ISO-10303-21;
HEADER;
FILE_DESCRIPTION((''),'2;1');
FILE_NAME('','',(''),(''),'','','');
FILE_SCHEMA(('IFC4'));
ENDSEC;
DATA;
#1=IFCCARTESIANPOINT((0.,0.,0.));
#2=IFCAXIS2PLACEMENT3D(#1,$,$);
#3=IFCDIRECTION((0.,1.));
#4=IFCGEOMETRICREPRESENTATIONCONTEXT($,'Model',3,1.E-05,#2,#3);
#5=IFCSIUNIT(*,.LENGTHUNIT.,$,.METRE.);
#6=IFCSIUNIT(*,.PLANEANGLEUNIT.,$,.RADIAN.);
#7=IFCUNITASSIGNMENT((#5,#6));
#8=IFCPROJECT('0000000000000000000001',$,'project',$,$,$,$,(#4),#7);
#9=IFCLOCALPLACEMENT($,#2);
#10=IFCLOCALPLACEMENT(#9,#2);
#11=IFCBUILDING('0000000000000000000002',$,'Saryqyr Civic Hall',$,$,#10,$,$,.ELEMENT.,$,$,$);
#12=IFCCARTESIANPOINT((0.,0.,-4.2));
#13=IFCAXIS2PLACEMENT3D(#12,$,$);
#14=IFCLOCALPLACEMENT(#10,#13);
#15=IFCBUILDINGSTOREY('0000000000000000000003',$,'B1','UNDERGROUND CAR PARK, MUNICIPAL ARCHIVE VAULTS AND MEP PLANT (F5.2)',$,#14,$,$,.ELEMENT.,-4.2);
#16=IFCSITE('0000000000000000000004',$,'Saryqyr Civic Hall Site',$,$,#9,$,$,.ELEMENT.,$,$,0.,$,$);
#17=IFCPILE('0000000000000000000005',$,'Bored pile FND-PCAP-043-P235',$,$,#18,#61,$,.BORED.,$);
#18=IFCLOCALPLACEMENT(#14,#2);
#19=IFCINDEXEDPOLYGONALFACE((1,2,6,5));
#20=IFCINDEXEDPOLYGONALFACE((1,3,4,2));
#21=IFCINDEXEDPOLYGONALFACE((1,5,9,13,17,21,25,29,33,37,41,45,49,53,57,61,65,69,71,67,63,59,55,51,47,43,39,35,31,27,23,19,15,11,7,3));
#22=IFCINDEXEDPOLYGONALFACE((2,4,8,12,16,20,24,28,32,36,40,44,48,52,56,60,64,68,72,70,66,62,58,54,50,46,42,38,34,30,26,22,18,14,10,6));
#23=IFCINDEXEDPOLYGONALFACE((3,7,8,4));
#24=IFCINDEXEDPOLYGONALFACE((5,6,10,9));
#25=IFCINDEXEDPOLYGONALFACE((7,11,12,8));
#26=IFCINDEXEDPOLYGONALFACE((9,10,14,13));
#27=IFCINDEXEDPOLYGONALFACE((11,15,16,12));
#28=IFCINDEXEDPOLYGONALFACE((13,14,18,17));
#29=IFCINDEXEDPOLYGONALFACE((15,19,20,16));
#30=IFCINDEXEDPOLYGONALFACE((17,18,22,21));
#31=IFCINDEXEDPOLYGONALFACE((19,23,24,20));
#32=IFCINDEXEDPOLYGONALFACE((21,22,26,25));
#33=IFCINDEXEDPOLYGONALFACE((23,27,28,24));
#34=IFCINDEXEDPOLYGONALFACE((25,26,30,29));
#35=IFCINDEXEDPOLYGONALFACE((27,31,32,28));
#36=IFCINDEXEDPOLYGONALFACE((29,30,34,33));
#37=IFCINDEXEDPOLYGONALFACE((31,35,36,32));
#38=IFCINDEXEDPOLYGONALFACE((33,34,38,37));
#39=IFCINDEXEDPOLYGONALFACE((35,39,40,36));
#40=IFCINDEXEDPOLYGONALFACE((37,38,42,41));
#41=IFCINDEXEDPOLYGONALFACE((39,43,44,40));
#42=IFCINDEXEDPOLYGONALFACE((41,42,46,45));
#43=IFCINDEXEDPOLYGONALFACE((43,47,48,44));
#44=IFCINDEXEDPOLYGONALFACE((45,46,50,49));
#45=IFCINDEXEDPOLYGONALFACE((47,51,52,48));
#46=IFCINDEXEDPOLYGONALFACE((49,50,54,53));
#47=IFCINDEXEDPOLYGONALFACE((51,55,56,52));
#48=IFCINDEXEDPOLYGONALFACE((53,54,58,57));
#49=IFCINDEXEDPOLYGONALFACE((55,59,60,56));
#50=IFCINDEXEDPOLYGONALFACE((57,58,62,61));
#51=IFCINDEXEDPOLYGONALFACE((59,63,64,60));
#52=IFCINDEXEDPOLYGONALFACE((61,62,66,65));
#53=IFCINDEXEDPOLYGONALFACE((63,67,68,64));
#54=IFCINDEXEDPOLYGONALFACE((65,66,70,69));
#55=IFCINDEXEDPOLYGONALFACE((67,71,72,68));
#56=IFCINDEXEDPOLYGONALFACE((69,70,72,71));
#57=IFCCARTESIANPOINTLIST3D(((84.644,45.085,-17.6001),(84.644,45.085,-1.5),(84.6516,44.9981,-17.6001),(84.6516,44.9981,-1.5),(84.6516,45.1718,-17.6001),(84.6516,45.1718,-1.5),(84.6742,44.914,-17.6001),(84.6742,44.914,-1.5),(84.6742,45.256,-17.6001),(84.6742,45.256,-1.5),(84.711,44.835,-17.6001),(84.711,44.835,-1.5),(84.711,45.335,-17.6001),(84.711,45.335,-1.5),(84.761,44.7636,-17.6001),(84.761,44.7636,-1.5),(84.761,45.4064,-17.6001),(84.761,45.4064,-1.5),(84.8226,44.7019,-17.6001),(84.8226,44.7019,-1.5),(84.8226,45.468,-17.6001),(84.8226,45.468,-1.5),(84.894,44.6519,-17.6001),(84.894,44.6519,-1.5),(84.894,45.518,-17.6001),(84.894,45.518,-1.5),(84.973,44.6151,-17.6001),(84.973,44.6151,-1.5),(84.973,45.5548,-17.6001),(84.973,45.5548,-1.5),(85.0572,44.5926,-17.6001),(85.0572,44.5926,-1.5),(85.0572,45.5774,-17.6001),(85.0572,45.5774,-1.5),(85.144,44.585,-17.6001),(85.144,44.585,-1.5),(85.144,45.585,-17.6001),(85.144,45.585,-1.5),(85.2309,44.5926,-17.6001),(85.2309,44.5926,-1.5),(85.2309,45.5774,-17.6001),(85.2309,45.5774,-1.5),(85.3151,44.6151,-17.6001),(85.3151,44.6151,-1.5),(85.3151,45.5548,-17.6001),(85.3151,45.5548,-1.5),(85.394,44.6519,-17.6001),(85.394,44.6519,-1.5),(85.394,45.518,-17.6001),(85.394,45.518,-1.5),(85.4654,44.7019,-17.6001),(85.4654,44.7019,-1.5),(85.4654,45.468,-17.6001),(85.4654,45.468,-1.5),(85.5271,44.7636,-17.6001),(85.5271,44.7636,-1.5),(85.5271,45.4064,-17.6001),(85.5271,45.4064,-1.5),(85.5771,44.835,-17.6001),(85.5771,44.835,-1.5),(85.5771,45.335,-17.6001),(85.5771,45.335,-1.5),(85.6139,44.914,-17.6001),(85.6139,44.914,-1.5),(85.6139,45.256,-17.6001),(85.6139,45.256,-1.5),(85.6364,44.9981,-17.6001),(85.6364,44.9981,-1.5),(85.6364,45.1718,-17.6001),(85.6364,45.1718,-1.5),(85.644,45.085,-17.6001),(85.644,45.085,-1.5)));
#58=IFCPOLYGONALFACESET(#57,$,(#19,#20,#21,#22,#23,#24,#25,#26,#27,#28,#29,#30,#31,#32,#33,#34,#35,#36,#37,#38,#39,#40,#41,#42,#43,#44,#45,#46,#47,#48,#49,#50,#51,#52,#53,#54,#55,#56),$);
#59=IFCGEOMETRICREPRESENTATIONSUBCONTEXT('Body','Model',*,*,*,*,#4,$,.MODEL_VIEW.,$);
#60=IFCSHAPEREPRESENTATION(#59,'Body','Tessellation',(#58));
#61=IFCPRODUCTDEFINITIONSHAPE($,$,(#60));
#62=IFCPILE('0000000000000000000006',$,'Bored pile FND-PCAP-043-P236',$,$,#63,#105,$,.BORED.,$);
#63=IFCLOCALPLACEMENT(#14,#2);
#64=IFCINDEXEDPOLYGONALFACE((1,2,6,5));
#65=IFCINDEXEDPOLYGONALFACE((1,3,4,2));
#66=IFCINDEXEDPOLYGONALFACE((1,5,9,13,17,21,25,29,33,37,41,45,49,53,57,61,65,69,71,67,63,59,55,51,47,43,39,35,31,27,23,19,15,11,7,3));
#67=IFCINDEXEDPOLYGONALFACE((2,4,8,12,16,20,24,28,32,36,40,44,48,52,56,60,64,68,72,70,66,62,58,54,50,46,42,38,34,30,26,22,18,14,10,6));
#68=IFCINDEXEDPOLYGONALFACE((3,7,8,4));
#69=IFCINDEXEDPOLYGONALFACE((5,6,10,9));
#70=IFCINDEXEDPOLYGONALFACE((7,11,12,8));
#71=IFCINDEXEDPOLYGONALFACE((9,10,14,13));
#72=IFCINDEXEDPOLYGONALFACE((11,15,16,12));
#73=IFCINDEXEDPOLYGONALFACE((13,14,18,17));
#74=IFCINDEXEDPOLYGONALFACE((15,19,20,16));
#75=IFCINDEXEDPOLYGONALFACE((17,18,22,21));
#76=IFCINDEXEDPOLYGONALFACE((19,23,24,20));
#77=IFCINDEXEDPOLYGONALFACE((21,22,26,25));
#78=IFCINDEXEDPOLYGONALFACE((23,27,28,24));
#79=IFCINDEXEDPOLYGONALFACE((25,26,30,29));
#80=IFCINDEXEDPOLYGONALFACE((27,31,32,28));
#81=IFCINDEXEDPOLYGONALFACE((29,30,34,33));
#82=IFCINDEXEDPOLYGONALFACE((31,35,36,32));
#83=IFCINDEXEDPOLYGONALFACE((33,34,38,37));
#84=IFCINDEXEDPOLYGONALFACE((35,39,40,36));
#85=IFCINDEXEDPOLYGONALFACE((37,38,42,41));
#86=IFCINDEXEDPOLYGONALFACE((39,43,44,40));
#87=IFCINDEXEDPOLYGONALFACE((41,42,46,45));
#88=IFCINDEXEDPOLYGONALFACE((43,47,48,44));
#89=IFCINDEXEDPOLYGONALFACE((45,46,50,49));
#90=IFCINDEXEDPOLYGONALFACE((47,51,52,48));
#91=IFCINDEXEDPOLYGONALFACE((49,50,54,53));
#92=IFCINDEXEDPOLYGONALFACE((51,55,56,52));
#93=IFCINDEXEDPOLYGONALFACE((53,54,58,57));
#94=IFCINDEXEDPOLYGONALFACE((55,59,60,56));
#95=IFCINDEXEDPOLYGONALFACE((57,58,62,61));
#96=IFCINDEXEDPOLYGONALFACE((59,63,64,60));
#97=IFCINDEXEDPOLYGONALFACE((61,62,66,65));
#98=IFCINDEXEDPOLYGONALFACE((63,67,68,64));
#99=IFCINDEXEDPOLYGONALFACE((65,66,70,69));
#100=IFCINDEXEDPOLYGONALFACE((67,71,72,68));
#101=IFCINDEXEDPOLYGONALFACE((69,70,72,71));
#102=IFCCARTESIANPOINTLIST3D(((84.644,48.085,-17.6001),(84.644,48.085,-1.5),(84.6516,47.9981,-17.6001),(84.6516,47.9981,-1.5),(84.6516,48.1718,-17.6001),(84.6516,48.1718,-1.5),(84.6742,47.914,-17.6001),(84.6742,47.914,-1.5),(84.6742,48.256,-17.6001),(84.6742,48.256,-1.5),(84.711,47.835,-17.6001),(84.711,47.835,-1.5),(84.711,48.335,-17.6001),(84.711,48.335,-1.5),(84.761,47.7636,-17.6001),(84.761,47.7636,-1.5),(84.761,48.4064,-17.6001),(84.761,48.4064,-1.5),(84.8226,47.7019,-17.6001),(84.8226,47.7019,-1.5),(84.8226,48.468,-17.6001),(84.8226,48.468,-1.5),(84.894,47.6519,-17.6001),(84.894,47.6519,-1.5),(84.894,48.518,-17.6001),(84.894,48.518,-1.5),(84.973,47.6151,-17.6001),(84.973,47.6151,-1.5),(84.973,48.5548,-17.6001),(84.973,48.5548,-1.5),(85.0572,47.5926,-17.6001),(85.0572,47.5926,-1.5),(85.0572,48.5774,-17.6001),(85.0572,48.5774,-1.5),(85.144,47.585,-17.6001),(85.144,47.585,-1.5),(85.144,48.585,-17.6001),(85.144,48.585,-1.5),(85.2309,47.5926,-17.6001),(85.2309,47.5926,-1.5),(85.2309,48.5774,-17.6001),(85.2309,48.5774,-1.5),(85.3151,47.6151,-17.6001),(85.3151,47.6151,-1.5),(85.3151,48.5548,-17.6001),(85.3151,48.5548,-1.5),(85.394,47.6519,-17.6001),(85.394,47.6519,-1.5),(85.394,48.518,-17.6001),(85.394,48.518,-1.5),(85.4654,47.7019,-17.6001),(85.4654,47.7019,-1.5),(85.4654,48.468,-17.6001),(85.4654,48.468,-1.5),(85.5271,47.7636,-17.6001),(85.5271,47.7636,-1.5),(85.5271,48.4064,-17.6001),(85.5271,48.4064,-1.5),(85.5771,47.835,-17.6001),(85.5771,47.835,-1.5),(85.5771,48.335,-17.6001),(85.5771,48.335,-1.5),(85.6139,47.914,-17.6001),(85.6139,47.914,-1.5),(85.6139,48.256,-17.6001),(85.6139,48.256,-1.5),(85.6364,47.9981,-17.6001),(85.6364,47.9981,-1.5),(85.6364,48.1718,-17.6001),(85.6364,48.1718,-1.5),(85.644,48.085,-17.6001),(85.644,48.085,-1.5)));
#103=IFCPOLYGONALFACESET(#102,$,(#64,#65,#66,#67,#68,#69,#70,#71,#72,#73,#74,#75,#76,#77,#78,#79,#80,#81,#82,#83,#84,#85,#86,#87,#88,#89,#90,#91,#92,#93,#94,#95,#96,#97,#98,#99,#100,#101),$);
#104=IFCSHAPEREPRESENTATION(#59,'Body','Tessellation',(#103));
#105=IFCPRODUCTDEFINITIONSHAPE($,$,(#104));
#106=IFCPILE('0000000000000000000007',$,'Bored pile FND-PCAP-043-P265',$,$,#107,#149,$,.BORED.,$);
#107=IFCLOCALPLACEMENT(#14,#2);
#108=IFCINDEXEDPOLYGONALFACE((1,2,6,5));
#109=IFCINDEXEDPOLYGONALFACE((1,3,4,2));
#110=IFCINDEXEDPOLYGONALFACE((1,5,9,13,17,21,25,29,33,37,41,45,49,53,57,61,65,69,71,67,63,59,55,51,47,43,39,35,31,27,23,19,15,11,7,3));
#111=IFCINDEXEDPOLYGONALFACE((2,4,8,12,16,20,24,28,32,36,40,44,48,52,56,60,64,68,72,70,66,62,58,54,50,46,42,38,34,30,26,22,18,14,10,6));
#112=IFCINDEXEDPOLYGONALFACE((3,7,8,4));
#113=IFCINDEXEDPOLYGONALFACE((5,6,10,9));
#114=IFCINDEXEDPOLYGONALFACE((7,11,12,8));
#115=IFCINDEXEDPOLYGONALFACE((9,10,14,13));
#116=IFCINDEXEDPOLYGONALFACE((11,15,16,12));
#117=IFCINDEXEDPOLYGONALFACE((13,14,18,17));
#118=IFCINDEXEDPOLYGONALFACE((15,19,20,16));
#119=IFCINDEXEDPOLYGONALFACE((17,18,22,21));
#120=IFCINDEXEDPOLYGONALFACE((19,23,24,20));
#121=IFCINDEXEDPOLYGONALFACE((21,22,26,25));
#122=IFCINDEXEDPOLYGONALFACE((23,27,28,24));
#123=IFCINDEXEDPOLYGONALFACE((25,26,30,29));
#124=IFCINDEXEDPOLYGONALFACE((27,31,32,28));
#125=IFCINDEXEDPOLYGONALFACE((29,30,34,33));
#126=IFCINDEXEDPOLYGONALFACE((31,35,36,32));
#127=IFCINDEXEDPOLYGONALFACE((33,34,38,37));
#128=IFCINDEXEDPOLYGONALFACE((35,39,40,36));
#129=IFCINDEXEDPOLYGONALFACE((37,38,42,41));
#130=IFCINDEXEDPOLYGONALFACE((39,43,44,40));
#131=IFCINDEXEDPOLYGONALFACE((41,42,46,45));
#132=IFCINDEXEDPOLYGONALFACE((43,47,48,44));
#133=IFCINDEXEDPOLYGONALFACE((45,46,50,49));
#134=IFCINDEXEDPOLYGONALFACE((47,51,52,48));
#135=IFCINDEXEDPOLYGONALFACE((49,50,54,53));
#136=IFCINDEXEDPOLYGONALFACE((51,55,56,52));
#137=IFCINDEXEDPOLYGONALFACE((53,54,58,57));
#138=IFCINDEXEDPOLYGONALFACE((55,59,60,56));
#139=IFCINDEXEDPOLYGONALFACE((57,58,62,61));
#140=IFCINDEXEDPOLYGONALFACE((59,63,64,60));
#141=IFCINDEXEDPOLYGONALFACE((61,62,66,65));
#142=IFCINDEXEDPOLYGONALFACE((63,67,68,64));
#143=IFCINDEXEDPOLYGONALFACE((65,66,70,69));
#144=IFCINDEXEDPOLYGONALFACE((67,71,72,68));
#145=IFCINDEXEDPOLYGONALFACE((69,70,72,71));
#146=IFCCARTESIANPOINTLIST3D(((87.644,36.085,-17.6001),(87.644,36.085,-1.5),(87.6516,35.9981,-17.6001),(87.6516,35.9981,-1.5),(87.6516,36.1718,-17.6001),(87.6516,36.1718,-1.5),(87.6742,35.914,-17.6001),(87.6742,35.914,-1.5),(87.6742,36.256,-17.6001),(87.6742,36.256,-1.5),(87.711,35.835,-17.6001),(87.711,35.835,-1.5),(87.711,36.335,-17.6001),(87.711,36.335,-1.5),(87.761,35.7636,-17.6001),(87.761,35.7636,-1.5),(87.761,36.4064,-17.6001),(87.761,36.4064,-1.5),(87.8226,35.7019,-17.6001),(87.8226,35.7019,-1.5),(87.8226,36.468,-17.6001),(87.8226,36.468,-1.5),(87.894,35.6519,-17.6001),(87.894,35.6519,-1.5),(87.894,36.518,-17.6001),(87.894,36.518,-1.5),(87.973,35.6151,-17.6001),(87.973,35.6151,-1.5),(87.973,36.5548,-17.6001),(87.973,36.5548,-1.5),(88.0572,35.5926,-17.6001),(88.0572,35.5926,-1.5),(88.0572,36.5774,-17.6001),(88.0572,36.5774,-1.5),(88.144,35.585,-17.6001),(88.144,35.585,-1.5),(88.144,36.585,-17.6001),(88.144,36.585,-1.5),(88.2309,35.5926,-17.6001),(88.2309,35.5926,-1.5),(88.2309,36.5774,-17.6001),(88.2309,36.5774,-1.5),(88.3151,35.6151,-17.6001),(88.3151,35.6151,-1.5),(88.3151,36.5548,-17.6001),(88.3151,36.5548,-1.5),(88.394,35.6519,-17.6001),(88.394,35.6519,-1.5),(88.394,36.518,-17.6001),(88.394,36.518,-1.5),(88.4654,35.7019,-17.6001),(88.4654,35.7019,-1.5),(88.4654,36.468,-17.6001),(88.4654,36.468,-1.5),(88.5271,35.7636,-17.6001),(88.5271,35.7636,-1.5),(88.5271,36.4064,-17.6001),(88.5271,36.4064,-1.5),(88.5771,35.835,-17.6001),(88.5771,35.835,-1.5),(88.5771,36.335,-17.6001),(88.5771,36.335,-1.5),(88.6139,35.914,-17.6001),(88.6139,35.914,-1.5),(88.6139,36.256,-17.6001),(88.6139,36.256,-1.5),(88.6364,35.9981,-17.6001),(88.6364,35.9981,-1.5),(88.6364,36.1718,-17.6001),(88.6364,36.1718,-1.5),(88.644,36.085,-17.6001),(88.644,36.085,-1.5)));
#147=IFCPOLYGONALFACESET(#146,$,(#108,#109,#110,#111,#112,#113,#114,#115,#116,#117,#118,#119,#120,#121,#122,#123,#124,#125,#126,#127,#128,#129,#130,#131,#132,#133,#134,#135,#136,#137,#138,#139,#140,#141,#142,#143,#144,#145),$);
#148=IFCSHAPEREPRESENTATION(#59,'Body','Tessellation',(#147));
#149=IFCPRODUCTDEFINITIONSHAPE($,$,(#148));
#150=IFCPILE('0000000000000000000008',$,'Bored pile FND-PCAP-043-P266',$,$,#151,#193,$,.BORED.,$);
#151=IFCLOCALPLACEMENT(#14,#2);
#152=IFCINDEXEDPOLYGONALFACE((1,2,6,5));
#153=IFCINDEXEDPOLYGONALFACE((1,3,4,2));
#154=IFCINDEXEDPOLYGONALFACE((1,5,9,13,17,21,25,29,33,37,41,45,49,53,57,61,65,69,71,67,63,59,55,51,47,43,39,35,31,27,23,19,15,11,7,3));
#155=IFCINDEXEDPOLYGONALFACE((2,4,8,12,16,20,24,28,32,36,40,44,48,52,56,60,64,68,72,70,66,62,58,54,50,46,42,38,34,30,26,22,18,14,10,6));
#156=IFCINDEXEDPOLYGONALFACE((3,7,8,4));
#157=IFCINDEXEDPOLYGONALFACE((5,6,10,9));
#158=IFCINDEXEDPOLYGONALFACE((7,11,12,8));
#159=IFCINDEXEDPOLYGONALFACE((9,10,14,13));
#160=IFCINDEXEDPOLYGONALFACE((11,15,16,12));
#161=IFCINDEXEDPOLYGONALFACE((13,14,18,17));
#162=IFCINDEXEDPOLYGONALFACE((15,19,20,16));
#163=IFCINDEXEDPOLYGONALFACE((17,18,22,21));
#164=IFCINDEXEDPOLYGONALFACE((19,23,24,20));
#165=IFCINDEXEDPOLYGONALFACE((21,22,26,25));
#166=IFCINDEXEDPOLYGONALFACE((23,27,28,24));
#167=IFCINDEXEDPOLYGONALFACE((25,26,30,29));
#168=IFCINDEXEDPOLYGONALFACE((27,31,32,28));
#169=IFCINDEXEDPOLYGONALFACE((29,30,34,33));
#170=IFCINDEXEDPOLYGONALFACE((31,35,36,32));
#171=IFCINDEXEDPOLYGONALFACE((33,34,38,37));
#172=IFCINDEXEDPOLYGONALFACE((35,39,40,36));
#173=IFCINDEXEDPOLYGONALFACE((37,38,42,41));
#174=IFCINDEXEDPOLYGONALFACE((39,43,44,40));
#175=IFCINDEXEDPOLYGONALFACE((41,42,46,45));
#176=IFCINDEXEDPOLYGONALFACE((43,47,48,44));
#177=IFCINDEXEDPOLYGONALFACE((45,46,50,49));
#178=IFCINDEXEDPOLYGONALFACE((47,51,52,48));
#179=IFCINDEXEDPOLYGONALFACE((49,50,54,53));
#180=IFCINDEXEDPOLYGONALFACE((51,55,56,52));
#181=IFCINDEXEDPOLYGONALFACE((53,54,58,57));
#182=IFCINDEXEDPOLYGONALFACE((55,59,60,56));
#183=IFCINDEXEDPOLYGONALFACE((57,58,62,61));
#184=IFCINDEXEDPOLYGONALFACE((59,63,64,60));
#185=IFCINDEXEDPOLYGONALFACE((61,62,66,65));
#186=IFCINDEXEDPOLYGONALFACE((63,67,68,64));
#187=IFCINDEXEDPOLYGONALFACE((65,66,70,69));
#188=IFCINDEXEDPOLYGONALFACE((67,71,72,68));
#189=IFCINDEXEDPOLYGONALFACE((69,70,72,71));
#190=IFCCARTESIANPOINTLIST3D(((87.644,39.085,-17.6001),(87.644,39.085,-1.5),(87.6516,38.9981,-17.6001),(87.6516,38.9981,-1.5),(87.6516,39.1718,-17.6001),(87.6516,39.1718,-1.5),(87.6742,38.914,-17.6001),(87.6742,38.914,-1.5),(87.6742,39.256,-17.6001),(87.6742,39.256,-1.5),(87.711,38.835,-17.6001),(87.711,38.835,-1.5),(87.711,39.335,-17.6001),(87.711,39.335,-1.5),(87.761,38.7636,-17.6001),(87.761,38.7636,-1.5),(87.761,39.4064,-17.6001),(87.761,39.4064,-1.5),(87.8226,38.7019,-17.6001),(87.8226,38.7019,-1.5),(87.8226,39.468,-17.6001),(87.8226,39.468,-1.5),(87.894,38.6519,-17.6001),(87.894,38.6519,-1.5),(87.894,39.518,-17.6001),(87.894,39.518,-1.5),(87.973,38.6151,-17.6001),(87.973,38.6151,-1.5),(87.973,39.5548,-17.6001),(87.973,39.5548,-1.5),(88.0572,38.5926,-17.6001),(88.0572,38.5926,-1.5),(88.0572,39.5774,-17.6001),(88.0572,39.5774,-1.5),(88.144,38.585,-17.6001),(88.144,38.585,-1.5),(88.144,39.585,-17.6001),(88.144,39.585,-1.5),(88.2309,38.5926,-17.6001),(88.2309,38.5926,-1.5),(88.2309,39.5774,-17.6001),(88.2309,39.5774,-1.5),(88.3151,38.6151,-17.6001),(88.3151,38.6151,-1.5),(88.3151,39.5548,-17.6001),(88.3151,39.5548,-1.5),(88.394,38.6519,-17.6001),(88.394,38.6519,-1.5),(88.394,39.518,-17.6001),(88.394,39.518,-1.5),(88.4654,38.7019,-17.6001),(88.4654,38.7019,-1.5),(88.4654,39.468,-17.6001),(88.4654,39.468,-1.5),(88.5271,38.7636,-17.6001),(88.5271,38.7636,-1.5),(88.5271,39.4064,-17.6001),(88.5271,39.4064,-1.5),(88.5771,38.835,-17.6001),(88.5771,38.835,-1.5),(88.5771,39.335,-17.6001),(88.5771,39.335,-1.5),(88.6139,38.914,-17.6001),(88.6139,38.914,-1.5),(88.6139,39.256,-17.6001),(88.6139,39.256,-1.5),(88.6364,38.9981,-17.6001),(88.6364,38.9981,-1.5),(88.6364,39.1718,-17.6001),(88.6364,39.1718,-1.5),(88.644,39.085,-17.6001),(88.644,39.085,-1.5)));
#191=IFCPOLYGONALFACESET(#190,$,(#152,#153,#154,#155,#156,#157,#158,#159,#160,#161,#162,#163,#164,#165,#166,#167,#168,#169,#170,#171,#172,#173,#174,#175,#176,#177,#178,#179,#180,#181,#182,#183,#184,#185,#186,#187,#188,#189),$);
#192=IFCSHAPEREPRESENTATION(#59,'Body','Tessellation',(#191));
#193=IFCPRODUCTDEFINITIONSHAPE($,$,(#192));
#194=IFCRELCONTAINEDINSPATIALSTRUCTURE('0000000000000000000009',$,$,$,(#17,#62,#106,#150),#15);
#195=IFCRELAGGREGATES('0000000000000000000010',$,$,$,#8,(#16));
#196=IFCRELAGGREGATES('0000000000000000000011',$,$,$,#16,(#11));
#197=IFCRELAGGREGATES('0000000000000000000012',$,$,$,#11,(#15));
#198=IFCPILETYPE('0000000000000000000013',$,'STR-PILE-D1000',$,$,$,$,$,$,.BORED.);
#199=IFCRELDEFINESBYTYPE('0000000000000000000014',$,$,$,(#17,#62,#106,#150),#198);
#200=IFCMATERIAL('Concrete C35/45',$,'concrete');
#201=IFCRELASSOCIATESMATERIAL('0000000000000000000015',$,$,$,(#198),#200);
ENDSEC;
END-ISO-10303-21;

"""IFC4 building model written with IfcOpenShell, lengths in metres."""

from ifc_helpers import new_model, si_unit, direction, frame, origin, origin_2d, place, context, subcontext, project, spatial, circle, extrude, material, material_profile, profile_set, type_object, element, save


model = new_model("IFC4")

# Units and contexts
model_context = context("Model", 3, precision=1e-05, world=origin(), true_north=direction((0.0, 1.0)))
body_context = subcontext(model_context, "Body", "Model", "MODEL_VIEW")
ifc_project = project(units=[si_unit("LENGTHUNIT", "METRE"), si_unit("PLANEANGLEUNIT", "RADIAN")], contexts=[model_context])

# Site, building, storey
site_placement = place(None, origin())
site = spatial("IfcSite", under=ifc_project, at=site_placement, Name="Saryqyr Civic Hall Site", CompositionType="ELEMENT", RefElevation=0.0)
building_placement = place(site_placement, origin())
building = spatial("IfcBuilding", under=site, at=building_placement, Name="Saryqyr Civic Hall", CompositionType="ELEMENT")
storey_placement = place(building_placement, frame((0.0, 0.0, -4.2)))
storey = spatial("IfcBuildingStorey", under=building, at=storey_placement, Name="B1", Description="UNDERGROUND CAR PARK, MUNICIPAL ARCHIVE VAULTS AND MEP PLANT (F5.2)", CompositionType="ELEMENT", Elevation=-4.2)

# Shared definitions
ifc_material_1 = material(Name="Concrete C35/45", Category="concrete")

# Piles
ifc_material_profile_1 = material_profile(ifc_material_1, circle(Radius=0.5, at=origin_2d()), Name="BORED PILE D1000")
ifc_profile_set_1 = profile_set([ifc_material_profile_1], Name="Concrete C35/45")
pile_type_1 = type_object("IfcPileType", Name="STR-PILE-D1000", PredefinedType="BORED", material=ifc_profile_set_1)
for number, where, z_axis, x_axis, name in (
    (1, (85.144, 45.085, -1.5), (0.0, 0.0, -1.0), (1.0, 0.0, 0.0), "Bored pile FND-PCAP-043-P235"),
    (2, (85.144, 48.085, -1.5), (0.0, 0.0, -1.0), (1.0, 0.0, 0.0), "Bored pile FND-PCAP-043-P236"),
    (3, (88.144, 36.085, -1.5), (0.0, 0.0, -1.0), (1.0, 0.0, 0.0), "Bored pile FND-PCAP-043-P265"),
    (4, (88.144, 39.085, -1.5), (0.0, 0.0, -1.0), (1.0, 0.0, 0.0), "Bored pile FND-PCAP-043-P266"),
):
    element("IfcPile", number, at=place(storey_placement, frame(where, z_axis=z_axis, x_axis=x_axis)), inside=storey, type_object=pile_type_1, Name=name, PredefinedType="BORED", context=body_context, shape_type="SweptSolid", body=[
        extrude(circle(Radius=0.5, at=origin_2d()), origin(), (0.0, 0.0, 1.0), 16.1001),
    ])

save(model, "model.ifc")
